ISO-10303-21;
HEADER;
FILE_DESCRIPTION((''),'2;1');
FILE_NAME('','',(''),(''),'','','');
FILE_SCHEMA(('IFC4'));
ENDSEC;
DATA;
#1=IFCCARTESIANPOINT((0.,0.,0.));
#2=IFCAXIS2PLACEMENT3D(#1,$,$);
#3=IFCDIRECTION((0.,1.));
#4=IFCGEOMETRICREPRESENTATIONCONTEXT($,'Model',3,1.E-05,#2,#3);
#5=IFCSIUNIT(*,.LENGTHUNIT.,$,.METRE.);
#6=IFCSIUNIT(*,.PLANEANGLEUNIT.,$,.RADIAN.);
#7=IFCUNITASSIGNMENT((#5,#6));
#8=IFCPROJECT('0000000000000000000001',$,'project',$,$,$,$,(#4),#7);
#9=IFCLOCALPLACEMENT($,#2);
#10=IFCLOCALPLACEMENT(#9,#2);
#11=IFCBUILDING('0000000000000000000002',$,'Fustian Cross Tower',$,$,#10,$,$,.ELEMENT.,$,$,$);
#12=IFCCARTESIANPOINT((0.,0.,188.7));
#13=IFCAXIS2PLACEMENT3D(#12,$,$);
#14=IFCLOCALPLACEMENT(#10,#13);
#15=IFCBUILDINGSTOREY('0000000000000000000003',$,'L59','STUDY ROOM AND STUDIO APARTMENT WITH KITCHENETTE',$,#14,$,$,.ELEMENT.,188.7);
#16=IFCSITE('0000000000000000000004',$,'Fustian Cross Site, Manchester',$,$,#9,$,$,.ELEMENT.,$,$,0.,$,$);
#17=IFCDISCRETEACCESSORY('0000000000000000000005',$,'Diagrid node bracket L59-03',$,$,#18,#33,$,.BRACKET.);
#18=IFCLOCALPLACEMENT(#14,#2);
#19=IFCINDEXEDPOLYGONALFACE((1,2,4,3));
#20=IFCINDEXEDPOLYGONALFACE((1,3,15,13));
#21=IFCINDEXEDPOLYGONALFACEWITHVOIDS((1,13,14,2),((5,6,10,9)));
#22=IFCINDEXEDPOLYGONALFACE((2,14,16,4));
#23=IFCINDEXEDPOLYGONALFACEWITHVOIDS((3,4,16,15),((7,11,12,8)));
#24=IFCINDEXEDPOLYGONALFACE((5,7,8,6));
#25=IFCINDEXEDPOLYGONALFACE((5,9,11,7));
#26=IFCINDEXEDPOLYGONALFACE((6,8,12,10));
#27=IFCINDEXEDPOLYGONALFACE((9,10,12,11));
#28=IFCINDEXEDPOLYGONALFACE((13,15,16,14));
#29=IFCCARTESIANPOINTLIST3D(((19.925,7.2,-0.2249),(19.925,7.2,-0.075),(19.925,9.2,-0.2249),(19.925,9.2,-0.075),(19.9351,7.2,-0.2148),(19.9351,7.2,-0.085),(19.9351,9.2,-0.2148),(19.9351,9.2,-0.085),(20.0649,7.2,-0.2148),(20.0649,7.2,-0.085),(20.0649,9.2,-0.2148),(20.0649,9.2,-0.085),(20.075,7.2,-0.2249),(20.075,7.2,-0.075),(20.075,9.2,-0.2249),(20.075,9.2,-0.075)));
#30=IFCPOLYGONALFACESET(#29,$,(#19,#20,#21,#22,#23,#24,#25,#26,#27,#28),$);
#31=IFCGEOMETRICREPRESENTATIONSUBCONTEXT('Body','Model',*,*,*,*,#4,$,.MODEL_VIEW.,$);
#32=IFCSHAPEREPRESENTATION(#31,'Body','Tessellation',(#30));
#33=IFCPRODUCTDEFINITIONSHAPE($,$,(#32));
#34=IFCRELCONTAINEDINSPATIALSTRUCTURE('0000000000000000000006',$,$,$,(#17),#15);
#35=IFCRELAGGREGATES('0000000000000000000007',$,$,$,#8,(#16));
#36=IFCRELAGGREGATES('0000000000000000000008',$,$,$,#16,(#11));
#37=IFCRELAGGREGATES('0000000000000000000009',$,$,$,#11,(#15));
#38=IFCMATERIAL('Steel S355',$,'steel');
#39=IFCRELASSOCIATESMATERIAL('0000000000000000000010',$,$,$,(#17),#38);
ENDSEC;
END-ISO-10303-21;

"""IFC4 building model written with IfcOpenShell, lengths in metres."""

from ifc_helpers import new_model, si_unit, direction, frame, origin, origin_2d, place, context, subcontext, project, spatial, hollow_rectangle, extrude, material, element, save


model = new_model("IFC4")

# Units and contexts
model_context = context("Model", 3, precision=1e-05, world=origin(), true_north=direction((0.0, 1.0)))
body_context = subcontext(model_context, "Body", "Model", "MODEL_VIEW")
ifc_project = project(units=[si_unit("LENGTHUNIT", "METRE"), si_unit("PLANEANGLEUNIT", "RADIAN")], contexts=[model_context])

# Site, building, storey
site_placement = place(None, origin())
site = spatial("IfcSite", under=ifc_project, at=site_placement, Name="Fustian Cross Site, Manchester", CompositionType="ELEMENT", RefElevation=0.0)
building_placement = place(site_placement, origin())
building = spatial("IfcBuilding", under=site, at=building_placement, Name="Fustian Cross Tower", CompositionType="ELEMENT")
storey_placement = place(building_placement, frame((0.0, 0.0, 188.7)))
storey = spatial("IfcBuildingStorey", under=building, at=storey_placement, Name="L59", Description="STUDY ROOM AND STUDIO APARTMENT WITH KITCHENETTE", CompositionType="ELEMENT", Elevation=188.7)

# Discrete accessory
ifc_material_1 = material(Name="Steel S355", Category="steel")
discrete_accessory_1_placement = place(storey_placement, frame((20.0, 9.2, -0.1499), z_axis=(0.0, -1.0, 0.0), x_axis=(1.0, 0.0, 0.0)))
element("IfcDiscreteAccessory", 1, at=discrete_accessory_1_placement, inside=storey, material=ifc_material_1, Name="Diagrid node bracket L59-03", PredefinedType="BRACKET", context=body_context, shape_type="SweptSolid", body=[
    extrude(hollow_rectangle(XDim=0.1499, YDim=0.1499, WallThickness=0.01, at=origin_2d()), origin(), (0.0, 0.0, 1.0), 2.0),
])

save(model, "model.ifc")
